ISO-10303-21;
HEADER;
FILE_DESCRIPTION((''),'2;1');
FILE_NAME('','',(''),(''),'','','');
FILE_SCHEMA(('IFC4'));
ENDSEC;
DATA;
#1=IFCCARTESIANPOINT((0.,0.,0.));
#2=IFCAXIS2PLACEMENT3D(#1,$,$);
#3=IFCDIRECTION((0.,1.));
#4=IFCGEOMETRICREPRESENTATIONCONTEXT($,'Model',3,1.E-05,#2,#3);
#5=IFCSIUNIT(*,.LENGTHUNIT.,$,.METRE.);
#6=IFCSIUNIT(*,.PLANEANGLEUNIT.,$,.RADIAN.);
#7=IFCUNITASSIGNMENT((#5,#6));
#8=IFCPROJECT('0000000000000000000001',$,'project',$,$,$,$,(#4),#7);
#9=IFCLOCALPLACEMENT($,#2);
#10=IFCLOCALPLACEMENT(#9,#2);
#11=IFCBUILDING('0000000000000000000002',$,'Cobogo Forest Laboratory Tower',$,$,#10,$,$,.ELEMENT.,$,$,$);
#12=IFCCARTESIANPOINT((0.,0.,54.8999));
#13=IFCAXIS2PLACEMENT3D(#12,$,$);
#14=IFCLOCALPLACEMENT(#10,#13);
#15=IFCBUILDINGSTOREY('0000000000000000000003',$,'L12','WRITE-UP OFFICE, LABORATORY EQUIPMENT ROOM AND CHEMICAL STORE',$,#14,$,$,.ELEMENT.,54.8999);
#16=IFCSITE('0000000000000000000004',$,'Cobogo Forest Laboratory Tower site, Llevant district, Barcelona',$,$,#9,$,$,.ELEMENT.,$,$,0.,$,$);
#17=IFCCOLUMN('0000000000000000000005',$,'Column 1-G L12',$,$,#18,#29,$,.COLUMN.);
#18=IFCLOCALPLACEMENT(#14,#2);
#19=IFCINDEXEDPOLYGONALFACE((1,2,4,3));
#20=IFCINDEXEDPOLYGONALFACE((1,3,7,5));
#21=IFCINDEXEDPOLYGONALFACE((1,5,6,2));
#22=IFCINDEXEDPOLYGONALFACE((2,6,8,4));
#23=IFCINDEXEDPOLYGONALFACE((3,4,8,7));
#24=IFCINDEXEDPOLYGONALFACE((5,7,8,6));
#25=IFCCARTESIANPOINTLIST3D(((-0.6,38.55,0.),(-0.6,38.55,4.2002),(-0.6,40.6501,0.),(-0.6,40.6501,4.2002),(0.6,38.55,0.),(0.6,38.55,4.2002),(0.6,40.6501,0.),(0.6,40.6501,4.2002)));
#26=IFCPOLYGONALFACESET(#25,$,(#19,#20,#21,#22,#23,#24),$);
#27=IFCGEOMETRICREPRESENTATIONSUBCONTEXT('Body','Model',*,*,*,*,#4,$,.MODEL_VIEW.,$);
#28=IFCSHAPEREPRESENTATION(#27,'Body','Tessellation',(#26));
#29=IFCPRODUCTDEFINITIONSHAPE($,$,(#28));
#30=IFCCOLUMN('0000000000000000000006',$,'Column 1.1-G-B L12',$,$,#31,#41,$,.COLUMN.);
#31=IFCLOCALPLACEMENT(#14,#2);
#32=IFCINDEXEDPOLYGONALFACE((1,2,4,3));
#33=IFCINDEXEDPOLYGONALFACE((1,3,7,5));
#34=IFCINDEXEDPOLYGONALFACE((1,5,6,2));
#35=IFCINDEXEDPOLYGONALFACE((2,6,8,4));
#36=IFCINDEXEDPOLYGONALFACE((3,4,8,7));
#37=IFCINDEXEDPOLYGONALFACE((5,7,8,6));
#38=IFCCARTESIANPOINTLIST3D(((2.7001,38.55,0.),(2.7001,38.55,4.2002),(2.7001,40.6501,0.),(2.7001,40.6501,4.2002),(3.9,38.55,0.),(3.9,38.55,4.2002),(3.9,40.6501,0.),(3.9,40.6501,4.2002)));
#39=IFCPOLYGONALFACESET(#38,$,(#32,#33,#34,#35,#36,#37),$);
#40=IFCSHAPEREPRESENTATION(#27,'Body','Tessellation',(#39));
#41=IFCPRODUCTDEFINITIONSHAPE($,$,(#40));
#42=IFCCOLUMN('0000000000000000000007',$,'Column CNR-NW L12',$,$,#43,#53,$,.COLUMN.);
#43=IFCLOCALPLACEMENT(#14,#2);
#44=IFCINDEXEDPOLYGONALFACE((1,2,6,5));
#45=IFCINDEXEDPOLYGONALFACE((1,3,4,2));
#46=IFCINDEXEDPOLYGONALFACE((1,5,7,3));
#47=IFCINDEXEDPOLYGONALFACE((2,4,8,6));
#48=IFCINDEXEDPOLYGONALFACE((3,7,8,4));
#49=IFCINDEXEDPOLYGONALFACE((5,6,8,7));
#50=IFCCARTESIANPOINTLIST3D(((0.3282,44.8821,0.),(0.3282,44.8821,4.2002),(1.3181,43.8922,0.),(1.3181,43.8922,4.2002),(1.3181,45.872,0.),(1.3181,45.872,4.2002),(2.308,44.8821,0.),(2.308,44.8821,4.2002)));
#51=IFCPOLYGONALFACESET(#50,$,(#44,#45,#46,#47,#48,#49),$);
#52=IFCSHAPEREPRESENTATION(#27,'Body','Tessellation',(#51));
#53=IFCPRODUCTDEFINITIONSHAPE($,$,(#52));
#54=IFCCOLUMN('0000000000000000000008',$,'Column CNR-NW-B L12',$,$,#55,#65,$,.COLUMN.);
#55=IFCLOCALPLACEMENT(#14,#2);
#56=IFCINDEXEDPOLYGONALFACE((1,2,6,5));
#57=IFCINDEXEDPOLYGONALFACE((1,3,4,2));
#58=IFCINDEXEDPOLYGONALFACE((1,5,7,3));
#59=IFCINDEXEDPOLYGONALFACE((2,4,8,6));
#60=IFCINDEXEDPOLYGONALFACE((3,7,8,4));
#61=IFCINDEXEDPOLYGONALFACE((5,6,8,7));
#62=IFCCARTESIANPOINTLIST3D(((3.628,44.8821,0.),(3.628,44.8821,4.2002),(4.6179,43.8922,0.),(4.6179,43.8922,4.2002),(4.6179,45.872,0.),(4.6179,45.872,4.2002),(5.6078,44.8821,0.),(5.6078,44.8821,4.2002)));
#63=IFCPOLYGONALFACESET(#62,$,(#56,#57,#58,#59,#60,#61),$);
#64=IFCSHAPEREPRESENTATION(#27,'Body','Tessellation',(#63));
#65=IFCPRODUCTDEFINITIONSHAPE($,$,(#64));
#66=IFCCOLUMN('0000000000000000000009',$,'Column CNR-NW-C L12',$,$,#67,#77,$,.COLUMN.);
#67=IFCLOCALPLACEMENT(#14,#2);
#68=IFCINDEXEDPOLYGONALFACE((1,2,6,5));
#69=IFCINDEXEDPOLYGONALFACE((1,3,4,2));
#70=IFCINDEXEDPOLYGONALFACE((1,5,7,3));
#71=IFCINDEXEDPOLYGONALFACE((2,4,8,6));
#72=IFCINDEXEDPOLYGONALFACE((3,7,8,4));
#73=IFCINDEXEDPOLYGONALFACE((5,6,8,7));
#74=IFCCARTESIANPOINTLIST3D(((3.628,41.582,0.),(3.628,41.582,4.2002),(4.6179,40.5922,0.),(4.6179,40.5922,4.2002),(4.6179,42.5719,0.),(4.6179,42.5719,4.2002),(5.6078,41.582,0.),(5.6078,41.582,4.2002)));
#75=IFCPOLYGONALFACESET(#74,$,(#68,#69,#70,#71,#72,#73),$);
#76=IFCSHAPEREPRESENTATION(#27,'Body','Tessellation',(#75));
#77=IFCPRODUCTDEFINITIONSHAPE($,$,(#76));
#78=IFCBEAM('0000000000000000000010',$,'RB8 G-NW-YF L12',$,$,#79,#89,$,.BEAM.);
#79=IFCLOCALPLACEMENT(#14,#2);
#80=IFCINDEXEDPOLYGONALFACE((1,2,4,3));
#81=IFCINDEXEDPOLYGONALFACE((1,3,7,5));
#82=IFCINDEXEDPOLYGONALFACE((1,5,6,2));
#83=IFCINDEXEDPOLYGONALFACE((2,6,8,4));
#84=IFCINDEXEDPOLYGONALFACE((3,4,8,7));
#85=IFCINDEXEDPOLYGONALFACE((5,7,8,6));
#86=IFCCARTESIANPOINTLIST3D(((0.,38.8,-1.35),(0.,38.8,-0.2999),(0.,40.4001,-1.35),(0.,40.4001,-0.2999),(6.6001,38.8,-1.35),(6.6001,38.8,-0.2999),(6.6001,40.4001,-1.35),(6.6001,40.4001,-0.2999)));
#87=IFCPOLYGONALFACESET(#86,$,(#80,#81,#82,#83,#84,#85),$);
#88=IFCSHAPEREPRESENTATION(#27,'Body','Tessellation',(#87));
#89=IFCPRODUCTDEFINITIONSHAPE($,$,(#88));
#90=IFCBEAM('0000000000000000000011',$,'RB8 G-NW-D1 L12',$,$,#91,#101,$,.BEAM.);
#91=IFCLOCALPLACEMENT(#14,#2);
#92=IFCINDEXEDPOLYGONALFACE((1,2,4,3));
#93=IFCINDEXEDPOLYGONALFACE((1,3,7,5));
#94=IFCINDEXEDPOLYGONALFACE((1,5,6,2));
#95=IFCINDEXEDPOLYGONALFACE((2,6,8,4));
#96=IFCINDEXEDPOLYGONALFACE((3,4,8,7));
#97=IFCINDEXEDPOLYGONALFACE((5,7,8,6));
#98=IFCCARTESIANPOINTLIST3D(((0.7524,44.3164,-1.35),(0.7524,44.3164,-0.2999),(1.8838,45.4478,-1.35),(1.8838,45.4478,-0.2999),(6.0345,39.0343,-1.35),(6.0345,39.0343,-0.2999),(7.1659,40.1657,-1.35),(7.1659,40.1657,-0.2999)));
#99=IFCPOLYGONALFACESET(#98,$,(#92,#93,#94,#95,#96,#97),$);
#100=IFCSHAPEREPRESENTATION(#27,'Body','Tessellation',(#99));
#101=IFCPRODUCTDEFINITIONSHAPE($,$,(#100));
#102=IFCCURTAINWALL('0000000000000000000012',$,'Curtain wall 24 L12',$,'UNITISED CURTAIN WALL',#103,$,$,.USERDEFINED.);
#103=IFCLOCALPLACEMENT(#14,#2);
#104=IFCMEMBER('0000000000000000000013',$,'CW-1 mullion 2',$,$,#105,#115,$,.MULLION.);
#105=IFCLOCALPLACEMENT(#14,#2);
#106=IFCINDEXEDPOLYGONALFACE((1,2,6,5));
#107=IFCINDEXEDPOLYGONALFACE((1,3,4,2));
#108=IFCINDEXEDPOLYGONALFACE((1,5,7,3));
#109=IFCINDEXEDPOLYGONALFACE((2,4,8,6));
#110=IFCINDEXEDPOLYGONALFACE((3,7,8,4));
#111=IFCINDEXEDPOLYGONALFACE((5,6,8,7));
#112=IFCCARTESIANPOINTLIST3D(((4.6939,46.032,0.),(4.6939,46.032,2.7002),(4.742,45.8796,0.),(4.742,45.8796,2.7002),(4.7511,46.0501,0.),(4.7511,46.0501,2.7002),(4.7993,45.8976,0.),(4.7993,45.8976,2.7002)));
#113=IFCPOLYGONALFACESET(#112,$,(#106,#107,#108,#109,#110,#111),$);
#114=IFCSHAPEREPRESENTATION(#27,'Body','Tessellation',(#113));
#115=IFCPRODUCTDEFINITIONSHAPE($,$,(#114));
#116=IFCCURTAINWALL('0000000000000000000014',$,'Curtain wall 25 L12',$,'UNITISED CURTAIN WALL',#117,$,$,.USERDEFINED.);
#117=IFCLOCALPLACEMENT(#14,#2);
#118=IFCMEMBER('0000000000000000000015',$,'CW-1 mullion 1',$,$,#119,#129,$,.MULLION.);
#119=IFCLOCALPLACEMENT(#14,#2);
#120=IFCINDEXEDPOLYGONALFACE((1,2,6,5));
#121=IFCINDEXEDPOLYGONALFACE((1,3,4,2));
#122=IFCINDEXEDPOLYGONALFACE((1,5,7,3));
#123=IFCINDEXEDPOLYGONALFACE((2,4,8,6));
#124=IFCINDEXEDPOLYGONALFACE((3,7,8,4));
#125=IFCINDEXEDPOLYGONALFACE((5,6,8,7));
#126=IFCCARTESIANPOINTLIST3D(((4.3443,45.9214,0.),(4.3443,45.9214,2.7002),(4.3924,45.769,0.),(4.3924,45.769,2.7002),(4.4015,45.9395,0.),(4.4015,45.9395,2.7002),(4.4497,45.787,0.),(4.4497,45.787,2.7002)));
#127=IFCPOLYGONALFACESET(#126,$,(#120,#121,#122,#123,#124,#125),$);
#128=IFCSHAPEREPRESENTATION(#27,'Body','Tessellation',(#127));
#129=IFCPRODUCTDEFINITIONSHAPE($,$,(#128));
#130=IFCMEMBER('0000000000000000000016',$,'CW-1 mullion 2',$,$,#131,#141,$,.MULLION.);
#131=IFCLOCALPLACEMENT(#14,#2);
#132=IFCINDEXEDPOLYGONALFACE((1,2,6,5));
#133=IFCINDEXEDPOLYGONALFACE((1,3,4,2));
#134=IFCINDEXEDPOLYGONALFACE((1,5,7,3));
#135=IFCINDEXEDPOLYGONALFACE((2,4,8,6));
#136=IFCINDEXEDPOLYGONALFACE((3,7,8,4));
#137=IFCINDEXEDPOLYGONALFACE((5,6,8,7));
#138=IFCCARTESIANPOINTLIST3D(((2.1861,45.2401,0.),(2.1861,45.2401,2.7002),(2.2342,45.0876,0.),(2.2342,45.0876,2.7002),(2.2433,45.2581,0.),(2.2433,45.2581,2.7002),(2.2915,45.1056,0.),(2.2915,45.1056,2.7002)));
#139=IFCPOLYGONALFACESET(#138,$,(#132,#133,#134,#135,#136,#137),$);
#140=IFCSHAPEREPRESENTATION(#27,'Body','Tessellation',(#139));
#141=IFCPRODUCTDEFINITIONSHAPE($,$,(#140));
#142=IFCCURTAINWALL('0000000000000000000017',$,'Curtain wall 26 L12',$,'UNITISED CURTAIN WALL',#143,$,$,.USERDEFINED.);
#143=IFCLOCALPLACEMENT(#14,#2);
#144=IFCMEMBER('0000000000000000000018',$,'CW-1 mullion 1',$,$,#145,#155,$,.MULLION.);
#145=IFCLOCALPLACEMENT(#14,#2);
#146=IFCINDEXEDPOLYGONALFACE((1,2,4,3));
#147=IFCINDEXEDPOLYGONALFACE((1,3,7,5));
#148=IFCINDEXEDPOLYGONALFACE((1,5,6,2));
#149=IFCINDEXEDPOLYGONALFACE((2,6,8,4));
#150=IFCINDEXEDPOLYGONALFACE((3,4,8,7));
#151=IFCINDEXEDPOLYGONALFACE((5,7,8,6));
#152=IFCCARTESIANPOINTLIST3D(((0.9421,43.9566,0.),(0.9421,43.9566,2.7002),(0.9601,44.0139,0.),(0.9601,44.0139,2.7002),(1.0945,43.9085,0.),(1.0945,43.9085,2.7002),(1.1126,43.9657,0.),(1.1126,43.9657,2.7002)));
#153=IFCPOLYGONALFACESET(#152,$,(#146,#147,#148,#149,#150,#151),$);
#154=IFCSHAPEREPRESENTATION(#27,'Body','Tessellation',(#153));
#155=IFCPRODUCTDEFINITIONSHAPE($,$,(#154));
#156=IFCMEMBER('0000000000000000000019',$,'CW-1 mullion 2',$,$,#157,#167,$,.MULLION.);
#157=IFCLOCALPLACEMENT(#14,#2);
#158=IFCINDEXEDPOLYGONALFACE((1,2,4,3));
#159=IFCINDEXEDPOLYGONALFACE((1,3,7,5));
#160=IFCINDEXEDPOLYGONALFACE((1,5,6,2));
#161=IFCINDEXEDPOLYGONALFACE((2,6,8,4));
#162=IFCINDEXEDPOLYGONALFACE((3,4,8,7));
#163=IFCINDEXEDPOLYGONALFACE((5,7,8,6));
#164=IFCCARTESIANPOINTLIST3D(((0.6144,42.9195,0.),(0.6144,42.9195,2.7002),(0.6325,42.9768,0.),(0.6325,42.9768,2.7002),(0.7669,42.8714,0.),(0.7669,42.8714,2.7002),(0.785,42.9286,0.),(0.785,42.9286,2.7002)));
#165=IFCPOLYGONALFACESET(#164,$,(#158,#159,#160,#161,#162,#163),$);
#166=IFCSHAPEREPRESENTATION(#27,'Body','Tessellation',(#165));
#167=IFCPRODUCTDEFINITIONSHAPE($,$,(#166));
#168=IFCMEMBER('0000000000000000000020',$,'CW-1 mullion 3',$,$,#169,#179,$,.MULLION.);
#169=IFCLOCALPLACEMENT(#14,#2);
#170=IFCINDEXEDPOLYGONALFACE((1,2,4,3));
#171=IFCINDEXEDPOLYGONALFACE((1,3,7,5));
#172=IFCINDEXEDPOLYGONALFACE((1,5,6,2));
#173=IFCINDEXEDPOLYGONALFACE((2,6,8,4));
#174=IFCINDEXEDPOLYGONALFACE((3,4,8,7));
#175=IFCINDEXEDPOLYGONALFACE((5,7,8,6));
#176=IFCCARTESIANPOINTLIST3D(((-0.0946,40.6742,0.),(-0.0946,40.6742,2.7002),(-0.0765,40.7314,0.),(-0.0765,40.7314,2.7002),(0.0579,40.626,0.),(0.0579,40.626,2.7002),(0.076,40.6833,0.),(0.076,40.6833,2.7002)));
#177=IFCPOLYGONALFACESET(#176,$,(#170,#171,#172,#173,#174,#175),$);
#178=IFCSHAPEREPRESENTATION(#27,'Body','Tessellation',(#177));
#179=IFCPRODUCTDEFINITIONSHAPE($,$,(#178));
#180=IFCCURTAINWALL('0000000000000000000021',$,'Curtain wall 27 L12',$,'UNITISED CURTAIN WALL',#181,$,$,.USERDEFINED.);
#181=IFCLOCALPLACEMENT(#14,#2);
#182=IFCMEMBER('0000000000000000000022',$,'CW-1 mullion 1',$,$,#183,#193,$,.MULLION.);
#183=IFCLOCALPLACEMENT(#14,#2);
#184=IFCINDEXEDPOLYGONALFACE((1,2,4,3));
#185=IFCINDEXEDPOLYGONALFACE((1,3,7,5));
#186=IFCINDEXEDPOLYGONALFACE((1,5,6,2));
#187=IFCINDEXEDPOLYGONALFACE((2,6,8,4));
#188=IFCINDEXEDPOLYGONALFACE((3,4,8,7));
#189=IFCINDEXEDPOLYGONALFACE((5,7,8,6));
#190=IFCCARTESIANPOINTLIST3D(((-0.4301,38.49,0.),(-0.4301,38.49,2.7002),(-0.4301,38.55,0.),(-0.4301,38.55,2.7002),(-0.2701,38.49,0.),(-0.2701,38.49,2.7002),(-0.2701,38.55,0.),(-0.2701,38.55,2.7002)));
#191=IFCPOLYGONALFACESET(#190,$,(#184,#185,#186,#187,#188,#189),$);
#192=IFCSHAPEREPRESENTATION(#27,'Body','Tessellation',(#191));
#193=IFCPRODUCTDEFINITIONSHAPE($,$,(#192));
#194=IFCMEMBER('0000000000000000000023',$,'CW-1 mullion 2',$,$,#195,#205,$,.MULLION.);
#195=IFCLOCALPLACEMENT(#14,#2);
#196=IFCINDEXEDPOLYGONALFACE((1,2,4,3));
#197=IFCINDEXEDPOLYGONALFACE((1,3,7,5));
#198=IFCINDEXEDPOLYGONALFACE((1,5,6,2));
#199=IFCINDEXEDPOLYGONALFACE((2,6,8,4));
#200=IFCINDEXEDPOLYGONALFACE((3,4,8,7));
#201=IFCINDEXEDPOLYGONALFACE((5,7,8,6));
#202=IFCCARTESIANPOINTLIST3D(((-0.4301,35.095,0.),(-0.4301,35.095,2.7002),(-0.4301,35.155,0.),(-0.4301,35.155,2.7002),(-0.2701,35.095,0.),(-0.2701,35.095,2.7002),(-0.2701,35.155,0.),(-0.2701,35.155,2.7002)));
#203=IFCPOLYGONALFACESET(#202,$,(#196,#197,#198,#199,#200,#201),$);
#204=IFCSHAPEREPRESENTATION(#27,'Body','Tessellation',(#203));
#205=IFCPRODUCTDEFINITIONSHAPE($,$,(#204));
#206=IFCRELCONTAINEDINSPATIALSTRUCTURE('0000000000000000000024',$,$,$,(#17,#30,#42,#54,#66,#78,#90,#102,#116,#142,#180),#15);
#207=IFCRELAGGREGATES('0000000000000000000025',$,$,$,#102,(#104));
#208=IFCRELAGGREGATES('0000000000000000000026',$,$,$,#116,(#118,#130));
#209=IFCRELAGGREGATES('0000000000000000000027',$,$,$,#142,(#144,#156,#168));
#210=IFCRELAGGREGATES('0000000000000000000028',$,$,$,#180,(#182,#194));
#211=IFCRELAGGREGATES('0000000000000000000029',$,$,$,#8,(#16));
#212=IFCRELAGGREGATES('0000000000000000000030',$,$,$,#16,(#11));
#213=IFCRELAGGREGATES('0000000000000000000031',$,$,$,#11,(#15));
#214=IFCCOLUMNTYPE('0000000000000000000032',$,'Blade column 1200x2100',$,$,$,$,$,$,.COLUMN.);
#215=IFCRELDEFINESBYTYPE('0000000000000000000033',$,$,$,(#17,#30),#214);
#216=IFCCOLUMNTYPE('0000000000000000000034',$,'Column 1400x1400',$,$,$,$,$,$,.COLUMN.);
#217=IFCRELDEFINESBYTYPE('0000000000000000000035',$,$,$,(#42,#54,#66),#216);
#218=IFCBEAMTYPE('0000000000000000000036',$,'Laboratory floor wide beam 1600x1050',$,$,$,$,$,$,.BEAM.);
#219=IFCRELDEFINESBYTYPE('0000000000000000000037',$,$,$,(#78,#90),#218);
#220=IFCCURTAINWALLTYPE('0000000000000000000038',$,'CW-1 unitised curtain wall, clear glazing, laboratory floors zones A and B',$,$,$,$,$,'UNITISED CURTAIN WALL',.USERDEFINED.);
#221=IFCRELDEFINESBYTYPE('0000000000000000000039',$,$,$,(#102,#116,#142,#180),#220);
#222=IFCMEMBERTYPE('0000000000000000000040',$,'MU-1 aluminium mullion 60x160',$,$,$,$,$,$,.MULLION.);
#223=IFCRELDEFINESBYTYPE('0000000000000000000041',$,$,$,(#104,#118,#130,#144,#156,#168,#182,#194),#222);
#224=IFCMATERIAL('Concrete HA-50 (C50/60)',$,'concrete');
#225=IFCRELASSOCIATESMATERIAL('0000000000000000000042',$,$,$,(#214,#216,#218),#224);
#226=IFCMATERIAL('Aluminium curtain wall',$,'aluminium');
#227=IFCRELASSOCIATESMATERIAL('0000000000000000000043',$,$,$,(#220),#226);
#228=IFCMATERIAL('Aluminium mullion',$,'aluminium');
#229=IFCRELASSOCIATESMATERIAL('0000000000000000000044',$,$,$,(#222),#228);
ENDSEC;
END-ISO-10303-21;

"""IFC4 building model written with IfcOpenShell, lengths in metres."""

from ifc_helpers import new_model, si_unit, direction, frame, origin, origin_2d, place, context, subcontext, project, spatial, rectangle, extrude, material, material_profile, profile_set, type_object, element, aggregate, save


model = new_model("IFC4")

# Units and contexts
model_context = context("Model", 3, precision=1e-05, world=origin(), true_north=direction((0.0, 1.0)))
body_context = subcontext(model_context, "Body", "Model", "MODEL_VIEW")
ifc_project = project(units=[si_unit("LENGTHUNIT", "METRE"), si_unit("PLANEANGLEUNIT", "RADIAN")], contexts=[model_context])

# Site, building, storey
site_placement = place(None, origin())
site = spatial("IfcSite", under=ifc_project, at=site_placement, Name="Cobogo Forest Laboratory Tower site, Llevant district, Barcelona", CompositionType="ELEMENT", RefElevation=0.0)
building_placement = place(site_placement, origin())
building = spatial("IfcBuilding", under=site, at=building_placement, Name="Cobogo Forest Laboratory Tower", CompositionType="ELEMENT")
storey_placement = place(building_placement, frame((0.0, 0.0, 54.8999)))
storey = spatial("IfcBuildingStorey", under=building, at=storey_placement, Name="L12", Description="WRITE-UP OFFICE, LABORATORY EQUIPMENT ROOM AND CHEMICAL STORE", CompositionType="ELEMENT", Elevation=54.8999)

# Columns
ifc_material_1 = material(Name="Concrete HA-50 (C50/60)", Category="concrete")
ifc_material_profile_1 = material_profile(ifc_material_1, rectangle(XDim=2.1001, YDim=1.2, at=origin_2d()), Name="RC 1200x2100")
ifc_profile_set_1 = profile_set([ifc_material_profile_1], Name="Concrete HA-50 (C50/60)")
column_type_1 = type_object("IfcColumnType", Name="Blade column 1200x2100", PredefinedType="COLUMN", material=ifc_profile_set_1)
for number, where, z_axis, x_axis, name in (
    (1, (0.0, 39.6001, 0.0), (0.0, 0.0, 1.0), (0.0, 1.0, 0.0), "Column 1-G L12"),
    (2, (3.3, 39.6001, 0.0), (0.0, 0.0, 1.0), (0.0, 1.0, 0.0), "Column 1.1-G-B L12"),
):
    element("IfcColumn", number, at=place(storey_placement, frame(where, z_axis=z_axis, x_axis=x_axis)), inside=storey, type_object=column_type_1, Name=name, PredefinedType="COLUMN", context=body_context, shape_type="SweptSolid", body=[
        extrude(rectangle(XDim=2.1001, YDim=1.2, at=origin_2d()), origin(), (0.0, 0.0, 1.0), 4.2002),
    ])
ifc_material_profile_2 = material_profile(ifc_material_1, rectangle(XDim=1.3999, YDim=1.3999, at=origin_2d()), Name="RC 1400x1400")
ifc_profile_set_2 = profile_set([ifc_material_profile_2], Name="Concrete HA-50 (C50/60)")
column_type_2 = type_object("IfcColumnType", Name="Column 1400x1400", PredefinedType="COLUMN", material=ifc_profile_set_2)
for number, where, z_axis, x_axis, name in (
    (3, (1.3181, 44.8821, 0.0), (0.0, 0.0, 1.0), (0.707107, 0.707107, 0.0), "Column CNR-NW L12"),
    (4, (4.6179, 44.8821, 0.0), (0.0, 0.0, 1.0), (0.707107, 0.707107, 0.0), "Column CNR-NW-B L12"),
    (5, (4.6179, 41.582, 0.0), (0.0, 0.0, 1.0), (0.707107, 0.707107, 0.0), "Column CNR-NW-C L12"),
):
    element("IfcColumn", number, at=place(storey_placement, frame(where, z_axis=z_axis, x_axis=x_axis)), inside=storey, type_object=column_type_2, Name=name, PredefinedType="COLUMN", context=body_context, shape_type="SweptSolid", body=[
        extrude(rectangle(XDim=1.3999, YDim=1.3999, at=origin_2d()), origin(), (0.0, 0.0, 1.0), 4.2002),
    ])

# Beams
ifc_material_profile_3 = material_profile(ifc_material_1, rectangle(XDim=1.6001, YDim=1.05, at=origin_2d()), Name="RC 1600x1050")
ifc_profile_set_3 = profile_set([ifc_material_profile_3], Name="Concrete HA-50 (C50/60)")
beam_type_1 = type_object("IfcBeamType", Name="Laboratory floor wide beam 1600x1050", PredefinedType="BEAM", material=ifc_profile_set_3)
beam_1_placement = place(storey_placement, frame((0.0, 39.6001, -0.825), z_axis=(1.0, 0.0, 0.0), x_axis=(0.0, 1.0, 0.0)))
element("IfcBeam", 6, at=beam_1_placement, inside=storey, type_object=beam_type_1, Name="RB8 G-NW-YF L12", PredefinedType="BEAM", context=body_context, shape_type="SweptSolid", body=[
    extrude(rectangle(XDim=1.6001, YDim=1.05, at=origin_2d()), origin(), (0.0, 0.0, 1.0), 6.6001),
])
beam_2_placement = place(storey_placement, frame((1.3181, 44.8821, -0.825), z_axis=(0.707107, -0.707107, 0.0), x_axis=(0.707107, 0.707107, 0.0)))
element("IfcBeam", 7, at=beam_2_placement, inside=storey, type_object=beam_type_1, Name="RB8 G-NW-D1 L12", PredefinedType="BEAM", context=body_context, shape_type="SweptSolid", body=[
    extrude(rectangle(XDim=1.6001, YDim=1.05, at=origin_2d()), origin(), (0.0, 0.0, 1.0), 7.47),
])

# Curtain wall, member
ifc_material_2 = material(Name="Aluminium curtain wall", Category="aluminium")
curtain_wall_type = type_object("IfcCurtainWallType", Name="CW-1 unitised curtain wall, clear glazing, laboratory floors zones A and B", ElementType="UNITISED CURTAIN WALL", PredefinedType="USERDEFINED", material=ifc_material_2)
curtain_wall_1_placement = place(storey_placement, origin())
curtain_wall_1 = element("IfcCurtainWall", 8, at=curtain_wall_1_placement, inside=storey, type_object=curtain_wall_type, Name="Curtain wall 24 L12", ObjectType="UNITISED CURTAIN WALL", PredefinedType="USERDEFINED")
ifc_material_3 = material(Name="Aluminium mullion", Category="aluminium")
ifc_material_profile_4 = material_profile(ifc_material_3, rectangle(XDim=0.0601, YDim=0.1599, at=origin_2d()), Name="AL 60x160")
ifc_profile_set_4 = profile_set([ifc_material_profile_4], Name="Aluminium mullion")
member_type_1 = type_object("IfcMemberType", Name="MU-1 aluminium mullion 60x160", PredefinedType="MULLION", material=ifc_profile_set_4)
member_1_placement = place(storey_placement, frame((4.7466, 45.9648, 0.0), z_axis=(0.0, 0.0, 1.0), x_axis=(-0.953582, -0.301135, 0.0)))
member_1 = element("IfcMember", 9, at=member_1_placement, type_object=member_type_1, Name="CW-1 mullion 2", PredefinedType="MULLION", context=body_context, shape_type="SweptSolid", body=[
    extrude(rectangle(XDim=0.0601, YDim=0.1599, at=origin_2d()), origin(), (0.0, 0.0, 1.0), 2.7002),
])

# Curtain walls, members
curtain_wall_2_placement = place(storey_placement, origin())
curtain_wall_2 = element("IfcCurtainWall", 10, at=curtain_wall_2_placement, inside=storey, type_object=curtain_wall_type, Name="Curtain wall 25 L12", ObjectType="UNITISED CURTAIN WALL", PredefinedType="USERDEFINED")
member_2_placement = place(storey_placement, frame((4.397, 45.8542, 0.0), z_axis=(0.0, 0.0, 1.0), x_axis=(-0.953581, -0.301135, 0.0)))
member_2 = element("IfcMember", 11, at=member_2_placement, type_object=member_type_1, Name="CW-1 mullion 1", PredefinedType="MULLION", context=body_context, shape_type="SweptSolid", body=[
    extrude(rectangle(XDim=0.0601, YDim=0.1599, at=origin_2d()), origin(), (0.0, 0.0, 1.0), 2.7002),
])
member_3_placement = place(storey_placement, frame((2.2388, 45.1729, 0.0), z_axis=(0.0, 0.0, 1.0), x_axis=(-0.953581, -0.301135, 0.0)))
member_3 = element("IfcMember", 12, at=member_3_placement, type_object=member_type_1, Name="CW-1 mullion 2", PredefinedType="MULLION", context=body_context, shape_type="SweptSolid", body=[
    extrude(rectangle(XDim=0.0601, YDim=0.1599, at=origin_2d()), origin(), (0.0, 0.0, 1.0), 2.7002),
])
curtain_wall_3_placement = place(storey_placement, origin())
curtain_wall_3 = element("IfcCurtainWall", 13, at=curtain_wall_3_placement, inside=storey, type_object=curtain_wall_type, Name="Curtain wall 26 L12", ObjectType="UNITISED CURTAIN WALL", PredefinedType="USERDEFINED")
member_4_placement = place(storey_placement, frame((1.0273, 43.9612, 0.0), z_axis=(0.0, 0.0, 1.0), x_axis=(-0.301135, -0.953581, 0.0)))
member_4 = element("IfcMember", 14, at=member_4_placement, type_object=member_type_1, Name="CW-1 mullion 1", PredefinedType="MULLION", context=body_context, shape_type="SweptSolid", body=[
    extrude(rectangle(XDim=0.0601, YDim=0.1599, at=origin_2d()), origin(), (0.0, 0.0, 1.0), 2.7002),
])
member_5_placement = place(storey_placement, frame((0.6997, 42.9241, 0.0), z_axis=(0.0, 0.0, 1.0), x_axis=(-0.301135, -0.953581, 0.0)))
member_5 = element("IfcMember", 15, at=member_5_placement, type_object=member_type_1, Name="CW-1 mullion 2", PredefinedType="MULLION", context=body_context, shape_type="SweptSolid", body=[
    extrude(rectangle(XDim=0.0601, YDim=0.1599, at=origin_2d()), origin(), (0.0, 0.0, 1.0), 2.7002),
])
member_6_placement = place(storey_placement, frame((-0.0093, 40.6787, 0.0), z_axis=(0.0, 0.0, 1.0), x_axis=(-0.301135, -0.953581, 0.0)))
member_6 = element("IfcMember", 16, at=member_6_placement, type_object=member_type_1, Name="CW-1 mullion 3", PredefinedType="MULLION", context=body_context, shape_type="SweptSolid", body=[
    extrude(rectangle(XDim=0.0601, YDim=0.1599, at=origin_2d()), origin(), (0.0, 0.0, 1.0), 2.7002),
])
curtain_wall_4_placement = place(storey_placement, origin())
curtain_wall_4 = element("IfcCurtainWall", 17, at=curtain_wall_4_placement, inside=storey, type_object=curtain_wall_type, Name="Curtain wall 27 L12", ObjectType="UNITISED CURTAIN WALL", PredefinedType="USERDEFINED")
member_7_placement = place(storey_placement, frame((-0.3501, 38.52, 0.0), z_axis=(0.0, 0.0, 1.0), x_axis=(0.0, -1.0, 0.0)))
member_7 = element("IfcMember", 18, at=member_7_placement, type_object=member_type_1, Name="CW-1 mullion 1", PredefinedType="MULLION", context=body_context, shape_type="SweptSolid", body=[
    extrude(rectangle(XDim=0.0601, YDim=0.1599, at=origin_2d()), origin(), (0.0, 0.0, 1.0), 2.7002),
])
member_8_placement = place(storey_placement, frame((-0.3501, 35.125, 0.0), z_axis=(0.0, 0.0, 1.0), x_axis=(0.0, -1.0, 0.0)))
member_8 = element("IfcMember", 19, at=member_8_placement, type_object=member_type_1, Name="CW-1 mullion 2", PredefinedType="MULLION", context=body_context, shape_type="SweptSolid", body=[
    extrude(rectangle(XDim=0.0601, YDim=0.1599, at=origin_2d()), origin(), (0.0, 0.0, 1.0), 2.7002),
])

aggregate(curtain_wall_1, [member_1])
aggregate(curtain_wall_2, [member_2, member_3])
aggregate(curtain_wall_3, [member_4, member_5, member_6])
aggregate(curtain_wall_4, [member_7, member_8])

save(model, "model.ifc")
